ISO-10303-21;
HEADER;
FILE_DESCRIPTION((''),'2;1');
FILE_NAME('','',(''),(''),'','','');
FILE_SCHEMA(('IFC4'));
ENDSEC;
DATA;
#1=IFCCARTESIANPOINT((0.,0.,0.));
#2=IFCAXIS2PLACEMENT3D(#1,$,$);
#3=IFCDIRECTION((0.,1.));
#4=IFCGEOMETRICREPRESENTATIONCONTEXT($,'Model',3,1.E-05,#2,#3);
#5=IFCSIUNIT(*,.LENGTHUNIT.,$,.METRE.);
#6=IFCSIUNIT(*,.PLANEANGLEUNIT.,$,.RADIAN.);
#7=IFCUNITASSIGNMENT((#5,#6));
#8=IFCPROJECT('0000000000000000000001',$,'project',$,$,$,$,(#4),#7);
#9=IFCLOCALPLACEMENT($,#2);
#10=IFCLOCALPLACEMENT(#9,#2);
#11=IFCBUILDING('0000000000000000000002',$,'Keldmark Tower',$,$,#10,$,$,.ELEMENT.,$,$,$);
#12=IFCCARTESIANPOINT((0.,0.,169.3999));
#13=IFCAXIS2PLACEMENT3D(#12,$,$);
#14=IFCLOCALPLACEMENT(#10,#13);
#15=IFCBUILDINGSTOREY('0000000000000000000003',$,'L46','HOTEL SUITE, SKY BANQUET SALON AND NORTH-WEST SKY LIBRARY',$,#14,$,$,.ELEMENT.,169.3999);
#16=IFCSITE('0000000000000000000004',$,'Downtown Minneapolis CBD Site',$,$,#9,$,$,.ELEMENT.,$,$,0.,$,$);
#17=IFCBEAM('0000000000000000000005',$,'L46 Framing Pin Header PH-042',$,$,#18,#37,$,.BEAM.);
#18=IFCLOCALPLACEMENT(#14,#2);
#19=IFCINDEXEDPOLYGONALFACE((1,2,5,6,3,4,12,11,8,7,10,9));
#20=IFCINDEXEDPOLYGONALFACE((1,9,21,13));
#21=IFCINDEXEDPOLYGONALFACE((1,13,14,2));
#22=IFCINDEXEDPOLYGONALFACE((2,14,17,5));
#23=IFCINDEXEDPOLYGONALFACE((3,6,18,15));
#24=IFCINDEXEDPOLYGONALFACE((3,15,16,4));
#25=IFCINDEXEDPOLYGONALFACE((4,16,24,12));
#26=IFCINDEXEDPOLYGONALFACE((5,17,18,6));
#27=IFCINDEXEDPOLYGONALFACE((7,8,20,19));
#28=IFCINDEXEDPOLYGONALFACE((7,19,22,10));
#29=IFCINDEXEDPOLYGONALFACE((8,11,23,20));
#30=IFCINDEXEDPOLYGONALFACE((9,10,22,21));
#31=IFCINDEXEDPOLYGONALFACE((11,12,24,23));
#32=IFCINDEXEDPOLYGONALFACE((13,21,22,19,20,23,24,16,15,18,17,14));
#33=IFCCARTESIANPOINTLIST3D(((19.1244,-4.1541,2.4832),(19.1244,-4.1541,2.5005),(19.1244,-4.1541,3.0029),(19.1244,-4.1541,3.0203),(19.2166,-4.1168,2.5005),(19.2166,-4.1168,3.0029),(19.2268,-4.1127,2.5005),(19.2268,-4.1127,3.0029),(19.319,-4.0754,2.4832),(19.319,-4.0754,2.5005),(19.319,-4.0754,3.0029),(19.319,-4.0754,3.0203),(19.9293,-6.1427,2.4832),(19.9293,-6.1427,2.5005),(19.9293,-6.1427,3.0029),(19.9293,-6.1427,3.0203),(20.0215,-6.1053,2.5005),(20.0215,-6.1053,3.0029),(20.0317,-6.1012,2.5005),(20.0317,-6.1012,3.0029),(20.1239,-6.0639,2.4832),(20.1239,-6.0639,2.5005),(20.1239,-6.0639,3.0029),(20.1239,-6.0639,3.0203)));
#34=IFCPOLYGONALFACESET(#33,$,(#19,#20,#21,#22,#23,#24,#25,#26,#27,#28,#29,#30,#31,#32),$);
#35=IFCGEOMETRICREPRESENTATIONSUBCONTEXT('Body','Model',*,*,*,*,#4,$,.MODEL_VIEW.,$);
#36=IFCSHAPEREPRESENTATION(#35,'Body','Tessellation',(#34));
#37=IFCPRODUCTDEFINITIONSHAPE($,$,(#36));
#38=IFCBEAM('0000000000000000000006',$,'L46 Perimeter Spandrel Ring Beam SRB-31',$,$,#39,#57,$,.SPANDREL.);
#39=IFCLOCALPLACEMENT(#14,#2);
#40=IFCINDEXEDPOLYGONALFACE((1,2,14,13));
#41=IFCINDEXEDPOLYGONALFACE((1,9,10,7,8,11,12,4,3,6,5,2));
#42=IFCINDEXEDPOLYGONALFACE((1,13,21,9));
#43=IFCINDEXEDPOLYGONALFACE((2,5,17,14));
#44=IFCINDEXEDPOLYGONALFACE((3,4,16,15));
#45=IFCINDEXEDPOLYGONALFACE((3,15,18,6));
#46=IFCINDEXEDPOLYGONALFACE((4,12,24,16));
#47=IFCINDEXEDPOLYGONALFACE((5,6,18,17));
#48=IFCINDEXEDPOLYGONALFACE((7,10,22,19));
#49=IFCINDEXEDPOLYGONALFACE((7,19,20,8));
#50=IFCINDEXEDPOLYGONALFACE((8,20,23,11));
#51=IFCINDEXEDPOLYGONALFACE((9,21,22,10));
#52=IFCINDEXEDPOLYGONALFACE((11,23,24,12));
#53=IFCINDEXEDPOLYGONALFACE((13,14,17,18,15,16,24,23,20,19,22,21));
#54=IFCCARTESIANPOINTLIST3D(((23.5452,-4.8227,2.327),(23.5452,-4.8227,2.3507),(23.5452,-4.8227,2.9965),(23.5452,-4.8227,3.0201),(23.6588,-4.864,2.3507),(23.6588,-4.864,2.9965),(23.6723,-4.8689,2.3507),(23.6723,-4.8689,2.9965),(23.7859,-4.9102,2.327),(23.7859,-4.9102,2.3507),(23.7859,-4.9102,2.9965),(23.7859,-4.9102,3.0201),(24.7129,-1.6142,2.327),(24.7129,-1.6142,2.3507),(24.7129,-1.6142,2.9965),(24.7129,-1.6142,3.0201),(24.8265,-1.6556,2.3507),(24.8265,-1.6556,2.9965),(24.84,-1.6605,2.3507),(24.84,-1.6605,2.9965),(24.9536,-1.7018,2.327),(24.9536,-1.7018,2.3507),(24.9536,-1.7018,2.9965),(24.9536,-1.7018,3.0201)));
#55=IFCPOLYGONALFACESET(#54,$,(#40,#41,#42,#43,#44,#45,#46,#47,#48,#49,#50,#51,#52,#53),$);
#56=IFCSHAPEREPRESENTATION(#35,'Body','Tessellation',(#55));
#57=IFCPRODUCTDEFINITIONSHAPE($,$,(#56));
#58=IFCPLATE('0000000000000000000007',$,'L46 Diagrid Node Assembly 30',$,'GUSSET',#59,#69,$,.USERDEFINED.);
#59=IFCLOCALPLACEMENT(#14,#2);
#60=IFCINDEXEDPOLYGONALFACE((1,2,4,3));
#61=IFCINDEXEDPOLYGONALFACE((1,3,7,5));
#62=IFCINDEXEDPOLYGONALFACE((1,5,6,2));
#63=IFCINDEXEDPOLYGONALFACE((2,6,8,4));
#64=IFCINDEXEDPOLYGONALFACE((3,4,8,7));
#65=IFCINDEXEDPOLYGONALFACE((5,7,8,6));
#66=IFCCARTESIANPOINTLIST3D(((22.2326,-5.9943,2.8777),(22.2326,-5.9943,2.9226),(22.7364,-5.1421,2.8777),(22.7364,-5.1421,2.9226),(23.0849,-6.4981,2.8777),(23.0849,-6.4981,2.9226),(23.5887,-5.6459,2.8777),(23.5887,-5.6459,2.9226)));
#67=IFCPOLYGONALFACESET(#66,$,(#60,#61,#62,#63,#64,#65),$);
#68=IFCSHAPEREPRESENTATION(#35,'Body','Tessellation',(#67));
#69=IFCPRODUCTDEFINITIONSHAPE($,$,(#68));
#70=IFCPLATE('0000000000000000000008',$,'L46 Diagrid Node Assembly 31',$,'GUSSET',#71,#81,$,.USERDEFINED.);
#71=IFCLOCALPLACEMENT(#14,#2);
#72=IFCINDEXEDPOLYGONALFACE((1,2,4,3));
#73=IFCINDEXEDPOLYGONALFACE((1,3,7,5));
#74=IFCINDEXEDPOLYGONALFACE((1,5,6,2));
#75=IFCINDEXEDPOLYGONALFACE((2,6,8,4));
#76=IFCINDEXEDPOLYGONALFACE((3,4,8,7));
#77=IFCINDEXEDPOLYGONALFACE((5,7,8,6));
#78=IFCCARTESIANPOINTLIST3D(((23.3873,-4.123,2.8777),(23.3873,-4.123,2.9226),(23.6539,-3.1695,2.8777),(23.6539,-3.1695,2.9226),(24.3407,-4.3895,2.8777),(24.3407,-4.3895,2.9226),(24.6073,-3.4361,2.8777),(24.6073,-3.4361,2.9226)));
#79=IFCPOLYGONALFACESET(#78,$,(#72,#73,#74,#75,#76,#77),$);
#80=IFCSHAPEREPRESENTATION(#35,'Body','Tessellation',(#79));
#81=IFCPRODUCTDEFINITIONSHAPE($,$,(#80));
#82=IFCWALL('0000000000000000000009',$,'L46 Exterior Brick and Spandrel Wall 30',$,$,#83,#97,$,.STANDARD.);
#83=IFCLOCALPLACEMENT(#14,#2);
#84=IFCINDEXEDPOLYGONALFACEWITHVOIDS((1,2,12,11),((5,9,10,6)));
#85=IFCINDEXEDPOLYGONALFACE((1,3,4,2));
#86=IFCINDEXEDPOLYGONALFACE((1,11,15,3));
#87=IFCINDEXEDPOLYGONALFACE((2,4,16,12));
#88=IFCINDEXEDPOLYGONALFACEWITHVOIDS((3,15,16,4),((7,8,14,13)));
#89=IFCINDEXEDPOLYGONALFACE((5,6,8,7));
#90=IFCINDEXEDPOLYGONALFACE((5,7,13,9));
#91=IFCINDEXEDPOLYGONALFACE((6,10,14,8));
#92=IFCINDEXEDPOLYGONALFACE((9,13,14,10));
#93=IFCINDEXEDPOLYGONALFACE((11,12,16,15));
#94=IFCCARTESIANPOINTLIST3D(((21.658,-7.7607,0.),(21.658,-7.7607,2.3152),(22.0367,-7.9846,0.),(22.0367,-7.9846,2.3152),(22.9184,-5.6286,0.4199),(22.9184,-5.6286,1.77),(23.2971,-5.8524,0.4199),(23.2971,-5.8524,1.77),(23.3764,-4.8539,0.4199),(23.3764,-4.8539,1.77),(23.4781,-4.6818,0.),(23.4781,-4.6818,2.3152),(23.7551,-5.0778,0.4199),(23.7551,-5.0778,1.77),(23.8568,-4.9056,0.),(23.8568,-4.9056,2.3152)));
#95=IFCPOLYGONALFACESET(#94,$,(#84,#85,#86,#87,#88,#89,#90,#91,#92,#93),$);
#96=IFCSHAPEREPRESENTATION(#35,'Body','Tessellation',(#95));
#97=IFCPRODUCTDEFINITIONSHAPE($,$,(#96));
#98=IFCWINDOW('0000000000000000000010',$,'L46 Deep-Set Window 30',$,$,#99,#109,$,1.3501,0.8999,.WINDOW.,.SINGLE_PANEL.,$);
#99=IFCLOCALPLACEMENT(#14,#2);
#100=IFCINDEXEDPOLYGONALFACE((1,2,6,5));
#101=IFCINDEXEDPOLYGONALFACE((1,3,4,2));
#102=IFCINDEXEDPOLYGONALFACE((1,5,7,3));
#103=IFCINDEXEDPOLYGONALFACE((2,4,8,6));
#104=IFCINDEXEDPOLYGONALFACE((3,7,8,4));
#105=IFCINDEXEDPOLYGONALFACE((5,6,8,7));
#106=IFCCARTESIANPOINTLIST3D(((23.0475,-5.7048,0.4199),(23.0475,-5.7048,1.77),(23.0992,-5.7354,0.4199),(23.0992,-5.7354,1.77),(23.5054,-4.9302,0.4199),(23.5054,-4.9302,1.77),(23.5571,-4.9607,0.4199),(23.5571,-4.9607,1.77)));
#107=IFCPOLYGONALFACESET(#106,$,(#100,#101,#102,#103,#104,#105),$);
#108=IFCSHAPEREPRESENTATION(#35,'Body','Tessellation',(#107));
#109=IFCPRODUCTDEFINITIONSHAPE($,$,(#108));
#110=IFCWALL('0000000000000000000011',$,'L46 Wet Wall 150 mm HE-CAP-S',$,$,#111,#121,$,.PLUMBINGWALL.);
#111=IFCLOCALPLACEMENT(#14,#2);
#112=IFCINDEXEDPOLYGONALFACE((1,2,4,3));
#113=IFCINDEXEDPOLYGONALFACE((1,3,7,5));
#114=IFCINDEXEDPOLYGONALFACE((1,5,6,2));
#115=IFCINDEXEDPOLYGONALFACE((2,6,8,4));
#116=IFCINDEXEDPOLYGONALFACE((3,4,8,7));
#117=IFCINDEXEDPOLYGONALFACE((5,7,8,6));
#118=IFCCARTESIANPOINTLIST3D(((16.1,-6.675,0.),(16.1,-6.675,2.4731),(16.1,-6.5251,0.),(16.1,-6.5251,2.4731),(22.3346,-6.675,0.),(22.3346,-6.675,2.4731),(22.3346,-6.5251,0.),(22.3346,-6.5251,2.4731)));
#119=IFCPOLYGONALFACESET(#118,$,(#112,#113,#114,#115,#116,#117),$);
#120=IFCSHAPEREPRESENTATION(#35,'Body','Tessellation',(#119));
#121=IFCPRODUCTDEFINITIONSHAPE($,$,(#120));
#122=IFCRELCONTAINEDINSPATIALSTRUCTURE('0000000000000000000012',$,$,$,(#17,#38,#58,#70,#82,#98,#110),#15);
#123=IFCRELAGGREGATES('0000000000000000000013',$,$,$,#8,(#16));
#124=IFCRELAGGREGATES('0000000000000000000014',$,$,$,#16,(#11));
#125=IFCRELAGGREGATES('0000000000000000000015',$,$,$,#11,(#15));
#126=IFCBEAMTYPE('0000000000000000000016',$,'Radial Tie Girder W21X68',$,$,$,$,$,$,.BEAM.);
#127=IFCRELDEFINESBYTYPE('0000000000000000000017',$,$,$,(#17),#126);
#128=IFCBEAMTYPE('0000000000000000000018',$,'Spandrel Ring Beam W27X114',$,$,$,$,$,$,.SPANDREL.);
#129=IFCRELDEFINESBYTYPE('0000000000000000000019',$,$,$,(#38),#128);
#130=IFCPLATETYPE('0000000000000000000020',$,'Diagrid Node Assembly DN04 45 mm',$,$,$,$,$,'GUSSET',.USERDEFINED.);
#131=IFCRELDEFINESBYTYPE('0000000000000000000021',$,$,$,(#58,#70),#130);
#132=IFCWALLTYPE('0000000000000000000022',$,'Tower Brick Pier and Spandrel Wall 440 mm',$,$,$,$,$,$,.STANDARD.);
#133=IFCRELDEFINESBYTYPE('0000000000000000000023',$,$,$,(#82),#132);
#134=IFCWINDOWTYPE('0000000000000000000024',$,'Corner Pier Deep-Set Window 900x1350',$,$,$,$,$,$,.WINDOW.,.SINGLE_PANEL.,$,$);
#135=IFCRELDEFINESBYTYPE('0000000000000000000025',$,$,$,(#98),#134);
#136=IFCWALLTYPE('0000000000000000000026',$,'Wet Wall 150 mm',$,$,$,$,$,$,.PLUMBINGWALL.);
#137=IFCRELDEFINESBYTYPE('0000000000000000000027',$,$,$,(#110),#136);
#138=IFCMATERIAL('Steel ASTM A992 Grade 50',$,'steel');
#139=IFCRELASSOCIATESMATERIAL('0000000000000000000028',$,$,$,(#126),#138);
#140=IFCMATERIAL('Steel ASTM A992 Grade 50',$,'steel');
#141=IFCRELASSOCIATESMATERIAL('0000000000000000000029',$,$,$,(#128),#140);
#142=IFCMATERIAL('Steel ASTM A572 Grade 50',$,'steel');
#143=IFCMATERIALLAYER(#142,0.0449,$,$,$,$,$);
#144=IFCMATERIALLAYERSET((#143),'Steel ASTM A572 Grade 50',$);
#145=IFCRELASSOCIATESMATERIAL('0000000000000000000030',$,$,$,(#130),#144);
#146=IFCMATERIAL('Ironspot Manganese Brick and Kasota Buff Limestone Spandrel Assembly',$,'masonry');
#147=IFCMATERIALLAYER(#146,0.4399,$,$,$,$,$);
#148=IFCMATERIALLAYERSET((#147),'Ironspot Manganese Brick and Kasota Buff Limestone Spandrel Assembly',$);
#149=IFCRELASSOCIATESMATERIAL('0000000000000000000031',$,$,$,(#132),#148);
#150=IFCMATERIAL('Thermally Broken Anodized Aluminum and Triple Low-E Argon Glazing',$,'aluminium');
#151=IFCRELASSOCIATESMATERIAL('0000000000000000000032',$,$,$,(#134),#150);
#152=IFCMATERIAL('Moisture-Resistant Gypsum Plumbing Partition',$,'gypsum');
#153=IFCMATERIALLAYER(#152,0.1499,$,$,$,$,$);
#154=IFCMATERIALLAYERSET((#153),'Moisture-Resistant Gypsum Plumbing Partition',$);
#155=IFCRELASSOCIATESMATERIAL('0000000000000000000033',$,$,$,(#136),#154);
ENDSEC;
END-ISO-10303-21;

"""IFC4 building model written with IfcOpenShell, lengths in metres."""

from ifc_helpers import new_model, si_unit, direction, frame, frame_2d, origin, origin_2d, place, context, subcontext, project, spatial, rectangle, i_section, extrude, material, layer, layer_set, material_profile, profile_set, type_object, element, fill, save


model = new_model("IFC4")

# Units and contexts
model_context = context("Model", 3, precision=1e-05, world=origin(), true_north=direction((0.0, 1.0)))
body_context = subcontext(model_context, "Body", "Model", "MODEL_VIEW")
ifc_project = project(units=[si_unit("LENGTHUNIT", "METRE"), si_unit("PLANEANGLEUNIT", "RADIAN")], contexts=[model_context])

# Site, building, storey
site_placement = place(None, origin())
site = spatial("IfcSite", under=ifc_project, at=site_placement, Name="Downtown Minneapolis CBD Site", CompositionType="ELEMENT", RefElevation=0.0)
building_placement = place(site_placement, origin())
building = spatial("IfcBuilding", under=site, at=building_placement, Name="Keldmark Tower", CompositionType="ELEMENT")
storey_placement = place(building_placement, frame((0.0, 0.0, 169.3999)))
storey = spatial("IfcBuildingStorey", under=building, at=storey_placement, Name="L46", Description="HOTEL SUITE, SKY BANQUET SALON AND NORTH-WEST SKY LIBRARY", CompositionType="ELEMENT", Elevation=169.3999)

# Beams
ifc_material_1 = material(Name="Steel ASTM A992 Grade 50", Category="steel")
ifc_material_profile_1 = material_profile(ifc_material_1, i_section(OverallWidth=0.21, OverallDepth=0.5371, WebThickness=0.011, FlangeThickness=0.0173, at=origin_2d()), Name="W21X68")
ifc_profile_set_1 = profile_set([ifc_material_profile_1], Name="Steel ASTM A992 Grade 50")
beam_type_1 = type_object("IfcBeamType", Name="Radial Tie Girder W21X68", PredefinedType="BEAM", material=ifc_profile_set_1)
beam_1_placement = place(storey_placement, frame((19.2217, -4.1147, 2.7517), z_axis=(0.375214, -0.926938, 0.0), x_axis=(0.926938, 0.375214, 0.0)))
element("IfcBeam", 1, at=beam_1_placement, inside=storey, type_object=beam_type_1, Name="L46 Framing Pin Header PH-042", PredefinedType="BEAM", context=body_context, shape_type="SweptSolid", body=[
    extrude(i_section(OverallWidth=0.21, OverallDepth=0.5371, WebThickness=0.011, FlangeThickness=0.0173, at=origin_2d()), origin(), (0.0, 0.0, 1.0), 2.1453),
])
ifc_material_2 = material(Name="Steel ASTM A992 Grade 50", Category="steel")
ifc_material_profile_2 = material_profile(ifc_material_2, i_section(OverallWidth=0.2561, OverallDepth=0.6931, WebThickness=0.0144, FlangeThickness=0.0237, at=origin_2d()), Name="W27X114")
ifc_profile_set_2 = profile_set([ifc_material_profile_2], Name="Steel ASTM A992 Grade 50")
beam_type_2 = type_object("IfcBeamType", Name="Spandrel Ring Beam W27X114", PredefinedType="SPANDREL", material=ifc_profile_set_2)
beam_2_placement = place(storey_placement, frame((23.6655, -4.8665, 2.6736), z_axis=(0.342001, 0.939699, 0.0), x_axis=(-0.939699, 0.342001, 0.0)))
element("IfcBeam", 2, at=beam_2_placement, inside=storey, type_object=beam_type_2, Name="L46 Perimeter Spandrel Ring Beam SRB-31", PredefinedType="SPANDREL", context=body_context, shape_type="SweptSolid", body=[
    extrude(i_section(OverallWidth=0.2561, OverallDepth=0.6931, WebThickness=0.0144, FlangeThickness=0.0237, at=origin_2d()), origin(), (0.0, 0.0, 1.0), 3.4143),
])

# Plates
ifc_material_3 = material(Name="Steel ASTM A572 Grade 50", Category="steel")
ifc_layer_1 = layer(ifc_material_3, 0.0449)
ifc_layer_set_1 = layer_set([ifc_layer_1], Name="Steel ASTM A572 Grade 50")
plate_type = type_object("IfcPlateType", Name="Diagrid Node Assembly DN04 45 mm", ElementType="GUSSET", PredefinedType="USERDEFINED", material=ifc_layer_set_1)
for number, where, z_axis, x_axis, name in (
    (3, (22.9106, -5.8201, 2.8777), (0.0, 0.0, 1.0), (0.508891, 0.860831, 0.0), "L46 Diagrid Node Assembly 30"),
    (4, (23.9973, -3.7795, 2.8777), (0.0, 0.0, 1.0), (0.269256, 0.963069, 0.0), "L46 Diagrid Node Assembly 31"),
):
    element("IfcPlate", number, at=place(storey_placement, frame(where, z_axis=z_axis, x_axis=x_axis)), inside=storey, type_object=plate_type, Name=name, ObjectType="GUSSET", PredefinedType="USERDEFINED", context=body_context, shape_type="SweptSolid", body=[
        extrude(rectangle(XDim=0.99, YDim=0.99, at=origin_2d()), origin(), (0.0, 0.0, 1.0), 0.0449),
    ])

# Wall, opening, window
ifc_material_4 = material(Name="Ironspot Manganese Brick and Kasota Buff Limestone Spandrel Assembly", Category="masonry")
ifc_layer_2 = layer(ifc_material_4, 0.4399)
ifc_layer_set_2 = layer_set([ifc_layer_2], Name="Ironspot Manganese Brick and Kasota Buff Limestone Spandrel Assembly")
wall_type_1 = type_object("IfcWallType", Name="Tower Brick Pier and Spandrel Wall 440 mm", PredefinedType="STANDARD", material=ifc_layer_set_2)
wall_1_placement = place(storey_placement, frame((23.6675, -4.7937, 0.0), z_axis=(0.0, 0.0, 1.0), x_axis=(-0.508883, -0.860835, 0.0)))
wall_1 = element("IfcWall", 5, at=wall_1_placement, inside=storey, type_object=wall_type_1, Name="L46 Exterior Brick and Spandrel Wall 30", PredefinedType="STANDARD", context=body_context, shape_type="SweptSolid", body=[
    extrude(rectangle(XDim=3.5767, YDim=0.4399, at=frame_2d((1.7883, 0.0))), origin(), (0.0, 0.0, 1.0), 2.3152),
])
opening_placement = place(wall_1_placement, frame((0.2, 0.0, 0.4199)))
opening = element("IfcOpeningElement", 6, at=opening_placement, cuts=wall_1, PredefinedType="OPENING", context=body_context, shape_type="SweptSolid", body=[
    extrude(rectangle(XDim=0.8999, YDim=1.3501, at=frame_2d((0.45, 0.675))), frame((0.0, 0.23, 0.0), z_axis=(0.0, -1.0, 0.0), x_axis=(1.0, 0.0, 0.0)), (0.0, 0.0, 1.0), 0.46),
])
ifc_material_5 = material(Name="Thermally Broken Anodized Aluminum and Triple Low-E Argon Glazing", Category="aluminium")
window_type = type_object("IfcWindowType", Name="Corner Pier Deep-Set Window 900x1350", PartitioningType="SINGLE_PANEL", PredefinedType="WINDOW", material=ifc_material_5)
window_placement = place(opening_placement, origin())
window = element("IfcWindow", 7, at=window_placement, inside=storey, type_object=window_type, Name="L46 Deep-Set Window 30", OverallHeight=1.3501, OverallWidth=0.8999, PartitioningType="SINGLE_PANEL", PredefinedType="WINDOW", context=body_context, shape_type="SweptSolid", body=[
    extrude(rectangle(XDim=0.8999, YDim=1.3501, at=frame_2d((0.45, 0.675))), frame((0.0, -0.01, 0.0), z_axis=(0.0, -1.0, 0.0), x_axis=(1.0, 0.0, 0.0)), (0.0, 0.0, 1.0), 0.0601),
])
fill(opening, window)

# Wall
ifc_material_6 = material(Name="Moisture-Resistant Gypsum Plumbing Partition", Category="gypsum")
ifc_layer_3 = layer(ifc_material_6, 0.1499)
ifc_layer_set_3 = layer_set([ifc_layer_3], Name="Moisture-Resistant Gypsum Plumbing Partition")
wall_type_2 = type_object("IfcWallType", Name="Wet Wall 150 mm", PredefinedType="PLUMBINGWALL", material=ifc_layer_set_3)
wall_2_placement = place(storey_placement, frame((16.1001, -6.6001, 0.0), z_axis=(0.0, 0.0, 1.0), x_axis=(1.0, 0.0, 0.0)))
element("IfcWall", 8, at=wall_2_placement, inside=storey, type_object=wall_type_2, Name="L46 Wet Wall 150 mm HE-CAP-S", PredefinedType="PLUMBINGWALL", context=body_context, shape_type="SweptSolid", body=[
    extrude(rectangle(XDim=6.2346, YDim=0.1499, at=frame_2d((3.1172, 0.0))), origin(), (0.0, 0.0, 1.0), 2.4731),
])

save(model, "model.ifc")
